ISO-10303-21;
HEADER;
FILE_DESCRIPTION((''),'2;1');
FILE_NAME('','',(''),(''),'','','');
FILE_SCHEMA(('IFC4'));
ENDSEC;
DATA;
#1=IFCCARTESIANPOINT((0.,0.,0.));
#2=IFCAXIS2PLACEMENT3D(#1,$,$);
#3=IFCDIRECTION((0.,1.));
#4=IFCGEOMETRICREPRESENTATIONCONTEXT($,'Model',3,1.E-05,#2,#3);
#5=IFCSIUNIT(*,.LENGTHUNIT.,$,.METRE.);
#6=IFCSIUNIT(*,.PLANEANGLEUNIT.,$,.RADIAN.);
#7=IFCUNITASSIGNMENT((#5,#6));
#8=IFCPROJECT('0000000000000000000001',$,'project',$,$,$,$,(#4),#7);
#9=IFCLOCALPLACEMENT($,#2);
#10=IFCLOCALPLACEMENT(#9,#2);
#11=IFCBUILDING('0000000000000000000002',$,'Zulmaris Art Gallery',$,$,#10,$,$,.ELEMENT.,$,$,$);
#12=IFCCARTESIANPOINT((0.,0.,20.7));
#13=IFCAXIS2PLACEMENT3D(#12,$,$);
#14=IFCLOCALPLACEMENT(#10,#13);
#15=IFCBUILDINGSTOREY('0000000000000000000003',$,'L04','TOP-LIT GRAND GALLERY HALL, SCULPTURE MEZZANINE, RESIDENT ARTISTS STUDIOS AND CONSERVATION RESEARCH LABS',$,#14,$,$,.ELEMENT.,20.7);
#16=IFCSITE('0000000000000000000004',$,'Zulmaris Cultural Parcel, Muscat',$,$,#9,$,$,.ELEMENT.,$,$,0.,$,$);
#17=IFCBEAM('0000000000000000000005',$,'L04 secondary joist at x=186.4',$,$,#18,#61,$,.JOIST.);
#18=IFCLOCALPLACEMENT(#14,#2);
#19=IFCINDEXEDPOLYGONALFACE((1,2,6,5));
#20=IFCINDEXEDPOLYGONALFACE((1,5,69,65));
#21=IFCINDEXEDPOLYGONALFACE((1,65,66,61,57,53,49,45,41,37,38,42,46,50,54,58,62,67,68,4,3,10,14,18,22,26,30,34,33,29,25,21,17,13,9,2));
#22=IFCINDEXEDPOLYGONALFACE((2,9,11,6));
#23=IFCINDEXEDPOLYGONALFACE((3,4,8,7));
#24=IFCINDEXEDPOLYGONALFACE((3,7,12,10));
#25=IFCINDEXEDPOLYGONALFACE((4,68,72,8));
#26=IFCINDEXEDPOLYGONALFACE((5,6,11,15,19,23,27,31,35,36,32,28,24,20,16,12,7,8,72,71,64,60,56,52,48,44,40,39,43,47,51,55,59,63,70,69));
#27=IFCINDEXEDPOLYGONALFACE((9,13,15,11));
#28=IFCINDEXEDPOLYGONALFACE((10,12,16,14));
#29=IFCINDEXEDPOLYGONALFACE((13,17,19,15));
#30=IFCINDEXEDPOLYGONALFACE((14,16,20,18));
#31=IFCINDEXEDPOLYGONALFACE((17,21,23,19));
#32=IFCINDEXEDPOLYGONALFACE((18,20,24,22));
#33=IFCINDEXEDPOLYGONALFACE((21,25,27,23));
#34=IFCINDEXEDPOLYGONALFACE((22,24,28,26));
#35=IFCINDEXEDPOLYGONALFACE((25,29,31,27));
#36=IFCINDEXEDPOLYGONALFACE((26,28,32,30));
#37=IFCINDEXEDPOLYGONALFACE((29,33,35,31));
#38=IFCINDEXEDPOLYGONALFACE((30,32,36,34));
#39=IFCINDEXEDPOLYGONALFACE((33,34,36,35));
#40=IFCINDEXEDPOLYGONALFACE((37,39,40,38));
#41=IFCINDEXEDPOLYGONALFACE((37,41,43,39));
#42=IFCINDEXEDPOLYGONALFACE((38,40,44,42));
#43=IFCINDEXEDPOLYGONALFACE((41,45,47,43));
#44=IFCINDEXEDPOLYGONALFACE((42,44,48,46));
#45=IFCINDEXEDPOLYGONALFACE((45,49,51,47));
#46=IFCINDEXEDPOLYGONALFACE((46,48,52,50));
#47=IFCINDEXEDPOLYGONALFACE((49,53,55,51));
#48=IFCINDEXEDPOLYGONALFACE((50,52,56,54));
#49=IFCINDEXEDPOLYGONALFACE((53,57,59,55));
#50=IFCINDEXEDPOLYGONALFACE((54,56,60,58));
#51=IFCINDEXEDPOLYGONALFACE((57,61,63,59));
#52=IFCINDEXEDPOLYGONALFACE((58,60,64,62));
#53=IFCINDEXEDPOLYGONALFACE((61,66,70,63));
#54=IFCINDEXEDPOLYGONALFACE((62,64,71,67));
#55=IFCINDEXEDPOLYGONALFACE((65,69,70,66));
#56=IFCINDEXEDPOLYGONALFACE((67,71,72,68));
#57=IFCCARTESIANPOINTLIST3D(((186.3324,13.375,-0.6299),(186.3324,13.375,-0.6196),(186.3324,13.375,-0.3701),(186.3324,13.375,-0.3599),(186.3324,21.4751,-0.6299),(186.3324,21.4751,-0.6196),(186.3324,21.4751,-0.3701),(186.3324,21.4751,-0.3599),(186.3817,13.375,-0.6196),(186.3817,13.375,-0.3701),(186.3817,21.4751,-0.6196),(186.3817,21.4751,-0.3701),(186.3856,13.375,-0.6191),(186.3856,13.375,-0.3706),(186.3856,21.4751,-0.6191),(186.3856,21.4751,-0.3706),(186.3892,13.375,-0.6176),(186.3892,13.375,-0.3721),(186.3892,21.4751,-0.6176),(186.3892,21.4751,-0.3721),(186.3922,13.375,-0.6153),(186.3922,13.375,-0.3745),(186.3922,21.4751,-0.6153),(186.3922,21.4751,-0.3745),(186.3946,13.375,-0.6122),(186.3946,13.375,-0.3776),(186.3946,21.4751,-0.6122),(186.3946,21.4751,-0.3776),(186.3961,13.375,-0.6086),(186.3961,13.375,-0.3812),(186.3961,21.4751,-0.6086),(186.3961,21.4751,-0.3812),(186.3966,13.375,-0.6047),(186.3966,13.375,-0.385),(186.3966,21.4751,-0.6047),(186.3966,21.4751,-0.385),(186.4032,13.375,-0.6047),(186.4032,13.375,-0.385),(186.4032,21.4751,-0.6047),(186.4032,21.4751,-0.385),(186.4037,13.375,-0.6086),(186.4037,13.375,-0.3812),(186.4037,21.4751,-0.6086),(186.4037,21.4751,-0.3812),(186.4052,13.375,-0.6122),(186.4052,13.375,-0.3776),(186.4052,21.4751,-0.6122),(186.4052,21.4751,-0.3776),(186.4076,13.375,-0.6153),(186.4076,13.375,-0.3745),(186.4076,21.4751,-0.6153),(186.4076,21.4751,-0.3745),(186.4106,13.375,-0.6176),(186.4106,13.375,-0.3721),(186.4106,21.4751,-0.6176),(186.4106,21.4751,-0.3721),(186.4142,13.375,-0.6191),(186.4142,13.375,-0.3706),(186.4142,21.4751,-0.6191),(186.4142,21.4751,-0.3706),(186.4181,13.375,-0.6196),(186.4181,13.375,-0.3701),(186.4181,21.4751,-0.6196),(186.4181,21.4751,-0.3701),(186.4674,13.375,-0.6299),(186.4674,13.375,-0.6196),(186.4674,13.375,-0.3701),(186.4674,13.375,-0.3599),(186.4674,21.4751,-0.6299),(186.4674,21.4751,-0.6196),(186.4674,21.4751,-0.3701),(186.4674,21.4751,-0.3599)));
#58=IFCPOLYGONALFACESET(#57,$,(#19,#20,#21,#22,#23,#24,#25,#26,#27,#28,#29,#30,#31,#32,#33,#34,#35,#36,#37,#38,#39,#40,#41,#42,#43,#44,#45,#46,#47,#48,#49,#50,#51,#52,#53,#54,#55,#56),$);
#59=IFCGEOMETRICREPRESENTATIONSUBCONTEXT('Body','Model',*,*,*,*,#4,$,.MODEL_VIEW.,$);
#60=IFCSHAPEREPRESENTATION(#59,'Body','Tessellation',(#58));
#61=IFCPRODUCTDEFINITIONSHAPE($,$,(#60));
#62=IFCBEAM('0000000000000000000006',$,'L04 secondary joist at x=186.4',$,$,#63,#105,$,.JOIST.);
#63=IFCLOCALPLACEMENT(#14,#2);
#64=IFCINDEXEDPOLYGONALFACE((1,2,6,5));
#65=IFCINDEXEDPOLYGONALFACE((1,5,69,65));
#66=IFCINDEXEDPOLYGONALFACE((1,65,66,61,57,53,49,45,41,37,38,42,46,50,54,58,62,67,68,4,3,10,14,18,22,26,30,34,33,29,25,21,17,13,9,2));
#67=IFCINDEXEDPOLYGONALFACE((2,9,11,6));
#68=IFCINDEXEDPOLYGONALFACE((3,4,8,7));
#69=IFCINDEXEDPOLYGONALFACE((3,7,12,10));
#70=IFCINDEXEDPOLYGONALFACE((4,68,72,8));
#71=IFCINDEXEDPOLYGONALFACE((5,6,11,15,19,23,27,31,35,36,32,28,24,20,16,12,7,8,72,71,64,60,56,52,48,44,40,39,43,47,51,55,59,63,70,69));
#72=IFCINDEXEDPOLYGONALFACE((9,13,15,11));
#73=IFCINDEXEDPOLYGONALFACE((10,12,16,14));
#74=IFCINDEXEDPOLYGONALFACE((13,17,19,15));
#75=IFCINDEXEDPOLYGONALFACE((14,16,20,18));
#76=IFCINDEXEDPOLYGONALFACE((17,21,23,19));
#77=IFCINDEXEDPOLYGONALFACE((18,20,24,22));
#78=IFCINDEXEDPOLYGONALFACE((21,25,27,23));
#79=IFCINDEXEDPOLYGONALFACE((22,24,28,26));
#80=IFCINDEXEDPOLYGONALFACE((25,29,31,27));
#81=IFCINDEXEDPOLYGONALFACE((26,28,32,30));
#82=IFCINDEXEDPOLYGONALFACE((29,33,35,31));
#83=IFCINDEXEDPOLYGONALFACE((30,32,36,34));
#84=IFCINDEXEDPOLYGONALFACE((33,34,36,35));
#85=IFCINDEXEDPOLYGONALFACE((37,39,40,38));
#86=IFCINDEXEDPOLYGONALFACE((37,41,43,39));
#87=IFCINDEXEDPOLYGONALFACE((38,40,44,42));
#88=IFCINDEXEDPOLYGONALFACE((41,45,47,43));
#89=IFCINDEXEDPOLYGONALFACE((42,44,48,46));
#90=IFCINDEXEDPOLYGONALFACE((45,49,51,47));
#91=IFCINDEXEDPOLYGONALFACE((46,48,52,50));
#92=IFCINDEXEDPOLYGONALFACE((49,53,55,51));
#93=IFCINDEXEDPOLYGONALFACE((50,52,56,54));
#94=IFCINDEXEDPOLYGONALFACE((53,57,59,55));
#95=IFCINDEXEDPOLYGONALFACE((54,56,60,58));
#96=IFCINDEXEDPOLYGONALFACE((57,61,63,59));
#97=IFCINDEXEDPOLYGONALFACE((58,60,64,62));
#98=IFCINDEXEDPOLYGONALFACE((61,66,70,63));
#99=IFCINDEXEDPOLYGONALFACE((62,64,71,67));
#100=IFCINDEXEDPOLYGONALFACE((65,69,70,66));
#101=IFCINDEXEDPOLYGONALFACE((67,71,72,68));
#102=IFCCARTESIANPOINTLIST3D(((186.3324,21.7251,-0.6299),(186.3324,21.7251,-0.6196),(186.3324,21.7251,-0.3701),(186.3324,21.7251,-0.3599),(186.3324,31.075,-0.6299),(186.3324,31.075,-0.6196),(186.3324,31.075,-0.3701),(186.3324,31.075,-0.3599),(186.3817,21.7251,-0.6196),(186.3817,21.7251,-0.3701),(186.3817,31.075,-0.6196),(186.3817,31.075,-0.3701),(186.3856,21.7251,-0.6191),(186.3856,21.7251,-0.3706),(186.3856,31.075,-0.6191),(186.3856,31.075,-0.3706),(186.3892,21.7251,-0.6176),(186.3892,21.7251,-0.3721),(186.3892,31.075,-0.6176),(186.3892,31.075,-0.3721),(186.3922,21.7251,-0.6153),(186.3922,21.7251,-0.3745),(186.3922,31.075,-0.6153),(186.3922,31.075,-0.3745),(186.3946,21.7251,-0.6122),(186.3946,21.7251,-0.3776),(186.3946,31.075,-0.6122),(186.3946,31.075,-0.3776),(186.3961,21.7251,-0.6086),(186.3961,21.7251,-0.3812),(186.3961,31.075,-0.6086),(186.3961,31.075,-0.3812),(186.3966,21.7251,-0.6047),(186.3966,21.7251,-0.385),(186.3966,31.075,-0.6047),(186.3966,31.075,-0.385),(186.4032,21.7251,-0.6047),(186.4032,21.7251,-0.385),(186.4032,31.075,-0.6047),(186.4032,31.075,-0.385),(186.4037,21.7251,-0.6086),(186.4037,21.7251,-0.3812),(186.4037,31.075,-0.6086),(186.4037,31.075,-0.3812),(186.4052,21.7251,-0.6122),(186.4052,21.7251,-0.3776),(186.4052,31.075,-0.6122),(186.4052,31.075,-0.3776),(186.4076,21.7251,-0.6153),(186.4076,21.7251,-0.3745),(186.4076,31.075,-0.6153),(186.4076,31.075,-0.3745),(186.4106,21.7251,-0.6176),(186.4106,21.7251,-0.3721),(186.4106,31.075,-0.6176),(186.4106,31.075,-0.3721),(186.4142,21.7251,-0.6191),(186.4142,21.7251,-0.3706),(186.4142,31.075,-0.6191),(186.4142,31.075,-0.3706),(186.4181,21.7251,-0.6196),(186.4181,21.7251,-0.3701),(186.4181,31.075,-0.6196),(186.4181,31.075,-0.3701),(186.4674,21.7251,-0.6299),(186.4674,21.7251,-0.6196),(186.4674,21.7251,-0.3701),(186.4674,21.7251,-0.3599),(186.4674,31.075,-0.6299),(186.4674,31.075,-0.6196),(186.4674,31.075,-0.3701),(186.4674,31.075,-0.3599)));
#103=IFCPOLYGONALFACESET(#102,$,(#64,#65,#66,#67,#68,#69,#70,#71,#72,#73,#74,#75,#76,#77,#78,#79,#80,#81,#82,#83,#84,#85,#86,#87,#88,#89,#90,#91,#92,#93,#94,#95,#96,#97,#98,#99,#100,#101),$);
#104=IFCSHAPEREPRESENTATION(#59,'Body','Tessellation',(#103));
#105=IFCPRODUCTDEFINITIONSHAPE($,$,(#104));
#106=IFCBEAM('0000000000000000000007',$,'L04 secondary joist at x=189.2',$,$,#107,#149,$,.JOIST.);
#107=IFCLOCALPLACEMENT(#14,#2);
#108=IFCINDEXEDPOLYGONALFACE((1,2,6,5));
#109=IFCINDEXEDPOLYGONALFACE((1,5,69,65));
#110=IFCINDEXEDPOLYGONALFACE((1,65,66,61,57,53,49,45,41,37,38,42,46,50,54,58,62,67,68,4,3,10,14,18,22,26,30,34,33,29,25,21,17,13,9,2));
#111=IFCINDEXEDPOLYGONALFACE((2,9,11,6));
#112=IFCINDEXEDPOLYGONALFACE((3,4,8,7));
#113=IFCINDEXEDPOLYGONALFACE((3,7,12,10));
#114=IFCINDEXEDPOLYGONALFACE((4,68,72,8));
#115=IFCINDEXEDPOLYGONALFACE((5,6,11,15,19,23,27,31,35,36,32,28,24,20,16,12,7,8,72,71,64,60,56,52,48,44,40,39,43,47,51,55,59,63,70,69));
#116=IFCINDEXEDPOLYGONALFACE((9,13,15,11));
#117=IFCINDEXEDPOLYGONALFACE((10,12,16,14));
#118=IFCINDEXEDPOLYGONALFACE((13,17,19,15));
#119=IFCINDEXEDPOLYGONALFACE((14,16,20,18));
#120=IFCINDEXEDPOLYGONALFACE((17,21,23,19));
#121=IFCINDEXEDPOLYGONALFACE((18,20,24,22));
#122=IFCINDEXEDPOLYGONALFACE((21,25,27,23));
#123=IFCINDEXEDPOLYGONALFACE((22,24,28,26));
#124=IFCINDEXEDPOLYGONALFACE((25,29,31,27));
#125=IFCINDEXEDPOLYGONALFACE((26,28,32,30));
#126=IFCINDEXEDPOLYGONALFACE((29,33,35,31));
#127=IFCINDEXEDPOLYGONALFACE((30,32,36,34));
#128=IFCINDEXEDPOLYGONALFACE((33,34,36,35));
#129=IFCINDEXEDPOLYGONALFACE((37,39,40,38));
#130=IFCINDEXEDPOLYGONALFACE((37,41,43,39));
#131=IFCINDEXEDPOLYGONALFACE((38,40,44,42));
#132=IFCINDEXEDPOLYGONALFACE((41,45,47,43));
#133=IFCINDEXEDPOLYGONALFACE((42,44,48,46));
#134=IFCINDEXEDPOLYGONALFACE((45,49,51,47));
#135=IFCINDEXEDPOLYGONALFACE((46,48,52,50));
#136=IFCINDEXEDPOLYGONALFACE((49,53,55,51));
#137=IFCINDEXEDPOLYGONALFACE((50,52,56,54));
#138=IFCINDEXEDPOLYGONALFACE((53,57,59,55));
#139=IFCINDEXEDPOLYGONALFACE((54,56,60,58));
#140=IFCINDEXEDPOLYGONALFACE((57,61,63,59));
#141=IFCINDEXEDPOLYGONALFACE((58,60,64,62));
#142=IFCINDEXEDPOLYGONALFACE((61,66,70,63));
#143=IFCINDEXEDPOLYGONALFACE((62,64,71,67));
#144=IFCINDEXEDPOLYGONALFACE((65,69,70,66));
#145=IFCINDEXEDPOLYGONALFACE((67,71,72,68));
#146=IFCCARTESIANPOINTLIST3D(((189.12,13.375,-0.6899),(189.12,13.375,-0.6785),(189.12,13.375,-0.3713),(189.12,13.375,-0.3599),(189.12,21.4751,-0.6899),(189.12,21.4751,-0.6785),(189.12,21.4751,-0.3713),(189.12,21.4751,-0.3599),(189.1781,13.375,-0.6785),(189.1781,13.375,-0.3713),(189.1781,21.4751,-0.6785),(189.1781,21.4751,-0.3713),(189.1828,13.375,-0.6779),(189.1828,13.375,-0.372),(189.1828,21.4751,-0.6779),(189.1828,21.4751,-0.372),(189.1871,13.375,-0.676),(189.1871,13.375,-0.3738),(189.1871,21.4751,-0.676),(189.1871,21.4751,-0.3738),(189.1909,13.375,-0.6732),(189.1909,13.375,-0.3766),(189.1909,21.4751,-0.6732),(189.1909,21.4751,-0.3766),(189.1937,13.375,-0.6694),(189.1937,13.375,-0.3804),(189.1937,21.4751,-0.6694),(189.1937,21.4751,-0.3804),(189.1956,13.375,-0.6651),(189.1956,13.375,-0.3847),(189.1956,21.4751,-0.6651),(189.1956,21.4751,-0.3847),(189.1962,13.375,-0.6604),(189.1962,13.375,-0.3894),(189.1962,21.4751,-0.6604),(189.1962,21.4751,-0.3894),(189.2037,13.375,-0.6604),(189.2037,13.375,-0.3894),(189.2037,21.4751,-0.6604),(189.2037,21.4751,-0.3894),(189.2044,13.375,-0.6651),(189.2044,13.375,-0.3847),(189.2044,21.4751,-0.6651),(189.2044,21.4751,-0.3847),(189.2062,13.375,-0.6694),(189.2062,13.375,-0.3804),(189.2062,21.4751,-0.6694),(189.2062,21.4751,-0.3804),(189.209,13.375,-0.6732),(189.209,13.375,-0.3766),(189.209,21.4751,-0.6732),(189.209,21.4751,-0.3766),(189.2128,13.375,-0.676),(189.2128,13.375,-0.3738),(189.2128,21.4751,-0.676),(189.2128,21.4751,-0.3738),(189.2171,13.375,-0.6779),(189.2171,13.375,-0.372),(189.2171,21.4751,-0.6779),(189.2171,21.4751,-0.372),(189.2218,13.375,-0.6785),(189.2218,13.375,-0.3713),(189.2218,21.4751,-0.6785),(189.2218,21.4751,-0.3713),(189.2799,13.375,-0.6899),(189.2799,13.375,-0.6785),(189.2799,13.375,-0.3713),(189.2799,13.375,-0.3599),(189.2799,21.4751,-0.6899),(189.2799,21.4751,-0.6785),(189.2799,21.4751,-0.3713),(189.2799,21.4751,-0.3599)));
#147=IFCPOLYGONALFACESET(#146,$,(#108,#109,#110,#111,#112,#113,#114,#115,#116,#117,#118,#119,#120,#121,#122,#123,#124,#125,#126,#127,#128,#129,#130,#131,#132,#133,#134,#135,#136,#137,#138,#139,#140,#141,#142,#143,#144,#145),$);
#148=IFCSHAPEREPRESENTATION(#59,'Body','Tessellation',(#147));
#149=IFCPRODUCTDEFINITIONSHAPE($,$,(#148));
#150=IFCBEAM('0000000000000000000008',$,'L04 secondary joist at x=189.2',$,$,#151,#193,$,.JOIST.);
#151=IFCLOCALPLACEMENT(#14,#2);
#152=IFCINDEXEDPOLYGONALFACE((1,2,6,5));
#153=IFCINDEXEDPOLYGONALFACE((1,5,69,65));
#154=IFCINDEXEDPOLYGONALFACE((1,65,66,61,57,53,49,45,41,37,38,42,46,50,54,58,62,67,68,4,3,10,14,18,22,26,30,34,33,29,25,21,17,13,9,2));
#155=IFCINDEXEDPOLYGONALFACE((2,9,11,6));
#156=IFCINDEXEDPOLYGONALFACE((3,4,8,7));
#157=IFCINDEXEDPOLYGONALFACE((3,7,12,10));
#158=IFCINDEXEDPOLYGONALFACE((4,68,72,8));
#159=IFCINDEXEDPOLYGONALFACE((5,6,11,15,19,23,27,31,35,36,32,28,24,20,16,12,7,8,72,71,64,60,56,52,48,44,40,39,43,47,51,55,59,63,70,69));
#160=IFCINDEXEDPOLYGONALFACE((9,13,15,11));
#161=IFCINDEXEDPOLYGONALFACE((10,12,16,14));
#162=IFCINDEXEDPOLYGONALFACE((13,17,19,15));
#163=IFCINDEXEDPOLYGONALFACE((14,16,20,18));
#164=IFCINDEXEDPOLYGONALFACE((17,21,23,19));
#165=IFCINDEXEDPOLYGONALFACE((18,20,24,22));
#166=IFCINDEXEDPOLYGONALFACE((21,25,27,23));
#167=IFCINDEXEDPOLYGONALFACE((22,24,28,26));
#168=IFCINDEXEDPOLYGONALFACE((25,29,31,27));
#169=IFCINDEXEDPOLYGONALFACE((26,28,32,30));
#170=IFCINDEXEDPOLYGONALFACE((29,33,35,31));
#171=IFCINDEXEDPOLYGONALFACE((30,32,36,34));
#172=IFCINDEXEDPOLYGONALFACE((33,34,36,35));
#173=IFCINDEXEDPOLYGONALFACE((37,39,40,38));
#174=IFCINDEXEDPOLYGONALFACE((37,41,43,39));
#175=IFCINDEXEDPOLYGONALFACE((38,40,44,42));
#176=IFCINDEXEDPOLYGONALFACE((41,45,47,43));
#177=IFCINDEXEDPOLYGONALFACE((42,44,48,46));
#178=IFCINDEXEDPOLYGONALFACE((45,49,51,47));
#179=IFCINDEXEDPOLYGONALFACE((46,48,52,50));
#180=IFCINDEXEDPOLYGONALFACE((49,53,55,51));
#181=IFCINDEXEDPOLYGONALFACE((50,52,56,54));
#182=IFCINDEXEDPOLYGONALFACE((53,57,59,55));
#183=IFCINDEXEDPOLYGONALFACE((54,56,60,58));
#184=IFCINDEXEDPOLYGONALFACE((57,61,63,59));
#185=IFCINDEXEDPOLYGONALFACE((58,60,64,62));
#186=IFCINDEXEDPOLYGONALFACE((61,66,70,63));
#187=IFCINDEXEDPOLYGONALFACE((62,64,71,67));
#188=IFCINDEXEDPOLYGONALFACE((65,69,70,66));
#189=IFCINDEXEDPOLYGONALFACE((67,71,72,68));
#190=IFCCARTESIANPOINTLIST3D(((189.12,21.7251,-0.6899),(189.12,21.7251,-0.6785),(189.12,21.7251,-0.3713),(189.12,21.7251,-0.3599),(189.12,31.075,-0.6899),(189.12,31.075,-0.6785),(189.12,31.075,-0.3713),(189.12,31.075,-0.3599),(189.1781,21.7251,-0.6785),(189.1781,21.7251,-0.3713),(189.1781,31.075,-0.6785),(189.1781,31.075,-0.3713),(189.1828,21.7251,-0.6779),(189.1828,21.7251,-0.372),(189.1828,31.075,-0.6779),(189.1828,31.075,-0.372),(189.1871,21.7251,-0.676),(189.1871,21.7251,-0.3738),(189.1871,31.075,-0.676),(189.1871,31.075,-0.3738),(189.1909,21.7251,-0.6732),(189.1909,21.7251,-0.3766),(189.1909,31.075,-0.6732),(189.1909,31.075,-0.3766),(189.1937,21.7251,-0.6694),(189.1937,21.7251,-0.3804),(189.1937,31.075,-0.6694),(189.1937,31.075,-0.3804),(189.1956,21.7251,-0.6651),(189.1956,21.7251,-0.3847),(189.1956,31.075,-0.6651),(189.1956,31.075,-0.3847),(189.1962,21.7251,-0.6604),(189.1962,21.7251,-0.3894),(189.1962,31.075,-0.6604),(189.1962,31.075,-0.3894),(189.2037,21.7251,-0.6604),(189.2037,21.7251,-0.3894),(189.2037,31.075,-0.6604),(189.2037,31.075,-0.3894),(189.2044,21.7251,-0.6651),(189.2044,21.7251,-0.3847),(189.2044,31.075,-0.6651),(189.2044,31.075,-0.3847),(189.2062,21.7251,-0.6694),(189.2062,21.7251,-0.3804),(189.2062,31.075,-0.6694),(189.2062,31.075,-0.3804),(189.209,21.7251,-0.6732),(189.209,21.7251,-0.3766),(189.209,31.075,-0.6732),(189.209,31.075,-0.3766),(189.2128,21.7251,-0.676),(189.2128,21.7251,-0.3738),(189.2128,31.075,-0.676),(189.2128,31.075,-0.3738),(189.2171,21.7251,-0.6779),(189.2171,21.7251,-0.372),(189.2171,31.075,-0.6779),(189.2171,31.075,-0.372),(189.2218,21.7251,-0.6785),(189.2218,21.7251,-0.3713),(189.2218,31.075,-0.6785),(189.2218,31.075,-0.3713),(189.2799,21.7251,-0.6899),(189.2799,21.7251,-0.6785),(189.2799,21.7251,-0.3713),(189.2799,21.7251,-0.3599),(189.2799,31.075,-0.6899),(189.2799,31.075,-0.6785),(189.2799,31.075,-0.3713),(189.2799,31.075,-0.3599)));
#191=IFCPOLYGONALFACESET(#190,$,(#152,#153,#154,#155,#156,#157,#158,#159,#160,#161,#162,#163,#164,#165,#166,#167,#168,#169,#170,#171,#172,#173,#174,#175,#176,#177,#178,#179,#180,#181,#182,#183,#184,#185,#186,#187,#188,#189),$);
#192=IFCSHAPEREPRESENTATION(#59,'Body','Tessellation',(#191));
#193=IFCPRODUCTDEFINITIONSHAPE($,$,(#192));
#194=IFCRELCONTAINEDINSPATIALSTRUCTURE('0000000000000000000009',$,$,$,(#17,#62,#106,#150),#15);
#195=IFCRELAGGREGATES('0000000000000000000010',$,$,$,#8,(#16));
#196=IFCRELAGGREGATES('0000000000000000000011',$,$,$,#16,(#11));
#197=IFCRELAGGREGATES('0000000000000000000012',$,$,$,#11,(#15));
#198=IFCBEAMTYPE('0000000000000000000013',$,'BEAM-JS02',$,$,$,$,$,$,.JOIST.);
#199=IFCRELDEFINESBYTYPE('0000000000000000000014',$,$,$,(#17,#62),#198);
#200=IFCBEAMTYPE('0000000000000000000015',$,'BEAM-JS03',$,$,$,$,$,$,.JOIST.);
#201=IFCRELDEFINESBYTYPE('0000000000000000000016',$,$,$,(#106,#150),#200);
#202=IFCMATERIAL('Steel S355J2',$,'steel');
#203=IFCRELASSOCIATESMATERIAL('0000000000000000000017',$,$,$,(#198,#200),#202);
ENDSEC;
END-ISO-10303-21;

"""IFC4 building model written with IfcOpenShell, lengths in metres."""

from ifc_helpers import new_model, si_unit, direction, frame, origin, origin_2d, place, context, subcontext, project, spatial, i_section, extrude, material, material_profile, profile_set, type_object, element, save


model = new_model("IFC4")

# Units and contexts
model_context = context("Model", 3, precision=1e-05, world=origin(), true_north=direction((0.0, 1.0)))
body_context = subcontext(model_context, "Body", "Model", "MODEL_VIEW")
ifc_project = project(units=[si_unit("LENGTHUNIT", "METRE"), si_unit("PLANEANGLEUNIT", "RADIAN")], contexts=[model_context])

# Site, building, storey
site_placement = place(None, origin())
site = spatial("IfcSite", under=ifc_project, at=site_placement, Name="Zulmaris Cultural Parcel, Muscat", CompositionType="ELEMENT", RefElevation=0.0)
building_placement = place(site_placement, origin())
building = spatial("IfcBuilding", under=site, at=building_placement, Name="Zulmaris Art Gallery", CompositionType="ELEMENT")
storey_placement = place(building_placement, frame((0.0, 0.0, 20.7)))
storey = spatial("IfcBuildingStorey", under=building, at=storey_placement, Name="L04", Description="TOP-LIT GRAND GALLERY HALL, SCULPTURE MEZZANINE, RESIDENT ARTISTS STUDIOS AND CONSERVATION RESEARCH LABS", CompositionType="ELEMENT", Elevation=20.7)

# Beams
ifc_material_1 = material(Name="Steel S355J2", Category="steel")
ifc_material_profile_1 = material_profile(ifc_material_1, i_section(OverallWidth=0.135, OverallDepth=0.27, WebThickness=0.0066, FlangeThickness=0.0103, FilletRadius=0.0149, at=origin_2d()), Name="IPE 270")
ifc_profile_set_1 = profile_set([ifc_material_profile_1], Name="Steel S355J2")
beam_type_1 = type_object("IfcBeamType", Name="BEAM-JS02", PredefinedType="JOIST", material=ifc_profile_set_1)
beam_1_placement = place(storey_placement, frame((186.3999, 13.375, -0.4949), z_axis=(0.0, 1.0, 0.0), x_axis=(-1.0, 0.0, 0.0)))
element("IfcBeam", 1, at=beam_1_placement, inside=storey, type_object=beam_type_1, Name="L04 secondary joist at x=186.4", PredefinedType="JOIST", context=body_context, shape_type="SweptSolid", body=[
    extrude(i_section(OverallWidth=0.135, OverallDepth=0.27, WebThickness=0.0066, FlangeThickness=0.0103, FilletRadius=0.0149, at=origin_2d()), origin(), (0.0, 0.0, 1.0), 8.1001),
])
beam_2_placement = place(storey_placement, frame((186.3999, 21.7251, -0.4949), z_axis=(0.0, 1.0, 0.0), x_axis=(-1.0, 0.0, 0.0)))
element("IfcBeam", 2, at=beam_2_placement, inside=storey, type_object=beam_type_1, Name="L04 secondary joist at x=186.4", PredefinedType="JOIST", context=body_context, shape_type="SweptSolid", body=[
    extrude(i_section(OverallWidth=0.135, OverallDepth=0.27, WebThickness=0.0066, FlangeThickness=0.0103, FilletRadius=0.0149, at=origin_2d()), origin(), (0.0, 0.0, 1.0), 9.3499),
])
ifc_material_profile_2 = material_profile(ifc_material_1, i_section(OverallWidth=0.1599, OverallDepth=0.3301, WebThickness=0.0076, FlangeThickness=0.0115, FilletRadius=0.0181, at=origin_2d()), Name="IPE 330")
ifc_profile_set_2 = profile_set([ifc_material_profile_2], Name="Steel S355J2")
beam_type_2 = type_object("IfcBeamType", Name="BEAM-JS03", PredefinedType="JOIST", material=ifc_profile_set_2)
beam_3_placement = place(storey_placement, frame((189.2, 13.375, -0.5249), z_axis=(0.0, 1.0, 0.0), x_axis=(-1.0, 0.0, 0.0)))
element("IfcBeam", 3, at=beam_3_placement, inside=storey, type_object=beam_type_2, Name="L04 secondary joist at x=189.2", PredefinedType="JOIST", context=body_context, shape_type="SweptSolid", body=[
    extrude(i_section(OverallWidth=0.1599, OverallDepth=0.3301, WebThickness=0.0076, FlangeThickness=0.0115, FilletRadius=0.0181, at=origin_2d()), origin(), (0.0, 0.0, 1.0), 8.1001),
])
beam_4_placement = place(storey_placement, frame((189.2, 21.7251, -0.5249), z_axis=(0.0, 1.0, 0.0), x_axis=(-1.0, 0.0, 0.0)))
element("IfcBeam", 4, at=beam_4_placement, inside=storey, type_object=beam_type_2, Name="L04 secondary joist at x=189.2", PredefinedType="JOIST", context=body_context, shape_type="SweptSolid", body=[
    extrude(i_section(OverallWidth=0.1599, OverallDepth=0.3301, WebThickness=0.0076, FlangeThickness=0.0115, FilletRadius=0.0181, at=origin_2d()), origin(), (0.0, 0.0, 1.0), 9.3499),
])

save(model, "model.ifc")
